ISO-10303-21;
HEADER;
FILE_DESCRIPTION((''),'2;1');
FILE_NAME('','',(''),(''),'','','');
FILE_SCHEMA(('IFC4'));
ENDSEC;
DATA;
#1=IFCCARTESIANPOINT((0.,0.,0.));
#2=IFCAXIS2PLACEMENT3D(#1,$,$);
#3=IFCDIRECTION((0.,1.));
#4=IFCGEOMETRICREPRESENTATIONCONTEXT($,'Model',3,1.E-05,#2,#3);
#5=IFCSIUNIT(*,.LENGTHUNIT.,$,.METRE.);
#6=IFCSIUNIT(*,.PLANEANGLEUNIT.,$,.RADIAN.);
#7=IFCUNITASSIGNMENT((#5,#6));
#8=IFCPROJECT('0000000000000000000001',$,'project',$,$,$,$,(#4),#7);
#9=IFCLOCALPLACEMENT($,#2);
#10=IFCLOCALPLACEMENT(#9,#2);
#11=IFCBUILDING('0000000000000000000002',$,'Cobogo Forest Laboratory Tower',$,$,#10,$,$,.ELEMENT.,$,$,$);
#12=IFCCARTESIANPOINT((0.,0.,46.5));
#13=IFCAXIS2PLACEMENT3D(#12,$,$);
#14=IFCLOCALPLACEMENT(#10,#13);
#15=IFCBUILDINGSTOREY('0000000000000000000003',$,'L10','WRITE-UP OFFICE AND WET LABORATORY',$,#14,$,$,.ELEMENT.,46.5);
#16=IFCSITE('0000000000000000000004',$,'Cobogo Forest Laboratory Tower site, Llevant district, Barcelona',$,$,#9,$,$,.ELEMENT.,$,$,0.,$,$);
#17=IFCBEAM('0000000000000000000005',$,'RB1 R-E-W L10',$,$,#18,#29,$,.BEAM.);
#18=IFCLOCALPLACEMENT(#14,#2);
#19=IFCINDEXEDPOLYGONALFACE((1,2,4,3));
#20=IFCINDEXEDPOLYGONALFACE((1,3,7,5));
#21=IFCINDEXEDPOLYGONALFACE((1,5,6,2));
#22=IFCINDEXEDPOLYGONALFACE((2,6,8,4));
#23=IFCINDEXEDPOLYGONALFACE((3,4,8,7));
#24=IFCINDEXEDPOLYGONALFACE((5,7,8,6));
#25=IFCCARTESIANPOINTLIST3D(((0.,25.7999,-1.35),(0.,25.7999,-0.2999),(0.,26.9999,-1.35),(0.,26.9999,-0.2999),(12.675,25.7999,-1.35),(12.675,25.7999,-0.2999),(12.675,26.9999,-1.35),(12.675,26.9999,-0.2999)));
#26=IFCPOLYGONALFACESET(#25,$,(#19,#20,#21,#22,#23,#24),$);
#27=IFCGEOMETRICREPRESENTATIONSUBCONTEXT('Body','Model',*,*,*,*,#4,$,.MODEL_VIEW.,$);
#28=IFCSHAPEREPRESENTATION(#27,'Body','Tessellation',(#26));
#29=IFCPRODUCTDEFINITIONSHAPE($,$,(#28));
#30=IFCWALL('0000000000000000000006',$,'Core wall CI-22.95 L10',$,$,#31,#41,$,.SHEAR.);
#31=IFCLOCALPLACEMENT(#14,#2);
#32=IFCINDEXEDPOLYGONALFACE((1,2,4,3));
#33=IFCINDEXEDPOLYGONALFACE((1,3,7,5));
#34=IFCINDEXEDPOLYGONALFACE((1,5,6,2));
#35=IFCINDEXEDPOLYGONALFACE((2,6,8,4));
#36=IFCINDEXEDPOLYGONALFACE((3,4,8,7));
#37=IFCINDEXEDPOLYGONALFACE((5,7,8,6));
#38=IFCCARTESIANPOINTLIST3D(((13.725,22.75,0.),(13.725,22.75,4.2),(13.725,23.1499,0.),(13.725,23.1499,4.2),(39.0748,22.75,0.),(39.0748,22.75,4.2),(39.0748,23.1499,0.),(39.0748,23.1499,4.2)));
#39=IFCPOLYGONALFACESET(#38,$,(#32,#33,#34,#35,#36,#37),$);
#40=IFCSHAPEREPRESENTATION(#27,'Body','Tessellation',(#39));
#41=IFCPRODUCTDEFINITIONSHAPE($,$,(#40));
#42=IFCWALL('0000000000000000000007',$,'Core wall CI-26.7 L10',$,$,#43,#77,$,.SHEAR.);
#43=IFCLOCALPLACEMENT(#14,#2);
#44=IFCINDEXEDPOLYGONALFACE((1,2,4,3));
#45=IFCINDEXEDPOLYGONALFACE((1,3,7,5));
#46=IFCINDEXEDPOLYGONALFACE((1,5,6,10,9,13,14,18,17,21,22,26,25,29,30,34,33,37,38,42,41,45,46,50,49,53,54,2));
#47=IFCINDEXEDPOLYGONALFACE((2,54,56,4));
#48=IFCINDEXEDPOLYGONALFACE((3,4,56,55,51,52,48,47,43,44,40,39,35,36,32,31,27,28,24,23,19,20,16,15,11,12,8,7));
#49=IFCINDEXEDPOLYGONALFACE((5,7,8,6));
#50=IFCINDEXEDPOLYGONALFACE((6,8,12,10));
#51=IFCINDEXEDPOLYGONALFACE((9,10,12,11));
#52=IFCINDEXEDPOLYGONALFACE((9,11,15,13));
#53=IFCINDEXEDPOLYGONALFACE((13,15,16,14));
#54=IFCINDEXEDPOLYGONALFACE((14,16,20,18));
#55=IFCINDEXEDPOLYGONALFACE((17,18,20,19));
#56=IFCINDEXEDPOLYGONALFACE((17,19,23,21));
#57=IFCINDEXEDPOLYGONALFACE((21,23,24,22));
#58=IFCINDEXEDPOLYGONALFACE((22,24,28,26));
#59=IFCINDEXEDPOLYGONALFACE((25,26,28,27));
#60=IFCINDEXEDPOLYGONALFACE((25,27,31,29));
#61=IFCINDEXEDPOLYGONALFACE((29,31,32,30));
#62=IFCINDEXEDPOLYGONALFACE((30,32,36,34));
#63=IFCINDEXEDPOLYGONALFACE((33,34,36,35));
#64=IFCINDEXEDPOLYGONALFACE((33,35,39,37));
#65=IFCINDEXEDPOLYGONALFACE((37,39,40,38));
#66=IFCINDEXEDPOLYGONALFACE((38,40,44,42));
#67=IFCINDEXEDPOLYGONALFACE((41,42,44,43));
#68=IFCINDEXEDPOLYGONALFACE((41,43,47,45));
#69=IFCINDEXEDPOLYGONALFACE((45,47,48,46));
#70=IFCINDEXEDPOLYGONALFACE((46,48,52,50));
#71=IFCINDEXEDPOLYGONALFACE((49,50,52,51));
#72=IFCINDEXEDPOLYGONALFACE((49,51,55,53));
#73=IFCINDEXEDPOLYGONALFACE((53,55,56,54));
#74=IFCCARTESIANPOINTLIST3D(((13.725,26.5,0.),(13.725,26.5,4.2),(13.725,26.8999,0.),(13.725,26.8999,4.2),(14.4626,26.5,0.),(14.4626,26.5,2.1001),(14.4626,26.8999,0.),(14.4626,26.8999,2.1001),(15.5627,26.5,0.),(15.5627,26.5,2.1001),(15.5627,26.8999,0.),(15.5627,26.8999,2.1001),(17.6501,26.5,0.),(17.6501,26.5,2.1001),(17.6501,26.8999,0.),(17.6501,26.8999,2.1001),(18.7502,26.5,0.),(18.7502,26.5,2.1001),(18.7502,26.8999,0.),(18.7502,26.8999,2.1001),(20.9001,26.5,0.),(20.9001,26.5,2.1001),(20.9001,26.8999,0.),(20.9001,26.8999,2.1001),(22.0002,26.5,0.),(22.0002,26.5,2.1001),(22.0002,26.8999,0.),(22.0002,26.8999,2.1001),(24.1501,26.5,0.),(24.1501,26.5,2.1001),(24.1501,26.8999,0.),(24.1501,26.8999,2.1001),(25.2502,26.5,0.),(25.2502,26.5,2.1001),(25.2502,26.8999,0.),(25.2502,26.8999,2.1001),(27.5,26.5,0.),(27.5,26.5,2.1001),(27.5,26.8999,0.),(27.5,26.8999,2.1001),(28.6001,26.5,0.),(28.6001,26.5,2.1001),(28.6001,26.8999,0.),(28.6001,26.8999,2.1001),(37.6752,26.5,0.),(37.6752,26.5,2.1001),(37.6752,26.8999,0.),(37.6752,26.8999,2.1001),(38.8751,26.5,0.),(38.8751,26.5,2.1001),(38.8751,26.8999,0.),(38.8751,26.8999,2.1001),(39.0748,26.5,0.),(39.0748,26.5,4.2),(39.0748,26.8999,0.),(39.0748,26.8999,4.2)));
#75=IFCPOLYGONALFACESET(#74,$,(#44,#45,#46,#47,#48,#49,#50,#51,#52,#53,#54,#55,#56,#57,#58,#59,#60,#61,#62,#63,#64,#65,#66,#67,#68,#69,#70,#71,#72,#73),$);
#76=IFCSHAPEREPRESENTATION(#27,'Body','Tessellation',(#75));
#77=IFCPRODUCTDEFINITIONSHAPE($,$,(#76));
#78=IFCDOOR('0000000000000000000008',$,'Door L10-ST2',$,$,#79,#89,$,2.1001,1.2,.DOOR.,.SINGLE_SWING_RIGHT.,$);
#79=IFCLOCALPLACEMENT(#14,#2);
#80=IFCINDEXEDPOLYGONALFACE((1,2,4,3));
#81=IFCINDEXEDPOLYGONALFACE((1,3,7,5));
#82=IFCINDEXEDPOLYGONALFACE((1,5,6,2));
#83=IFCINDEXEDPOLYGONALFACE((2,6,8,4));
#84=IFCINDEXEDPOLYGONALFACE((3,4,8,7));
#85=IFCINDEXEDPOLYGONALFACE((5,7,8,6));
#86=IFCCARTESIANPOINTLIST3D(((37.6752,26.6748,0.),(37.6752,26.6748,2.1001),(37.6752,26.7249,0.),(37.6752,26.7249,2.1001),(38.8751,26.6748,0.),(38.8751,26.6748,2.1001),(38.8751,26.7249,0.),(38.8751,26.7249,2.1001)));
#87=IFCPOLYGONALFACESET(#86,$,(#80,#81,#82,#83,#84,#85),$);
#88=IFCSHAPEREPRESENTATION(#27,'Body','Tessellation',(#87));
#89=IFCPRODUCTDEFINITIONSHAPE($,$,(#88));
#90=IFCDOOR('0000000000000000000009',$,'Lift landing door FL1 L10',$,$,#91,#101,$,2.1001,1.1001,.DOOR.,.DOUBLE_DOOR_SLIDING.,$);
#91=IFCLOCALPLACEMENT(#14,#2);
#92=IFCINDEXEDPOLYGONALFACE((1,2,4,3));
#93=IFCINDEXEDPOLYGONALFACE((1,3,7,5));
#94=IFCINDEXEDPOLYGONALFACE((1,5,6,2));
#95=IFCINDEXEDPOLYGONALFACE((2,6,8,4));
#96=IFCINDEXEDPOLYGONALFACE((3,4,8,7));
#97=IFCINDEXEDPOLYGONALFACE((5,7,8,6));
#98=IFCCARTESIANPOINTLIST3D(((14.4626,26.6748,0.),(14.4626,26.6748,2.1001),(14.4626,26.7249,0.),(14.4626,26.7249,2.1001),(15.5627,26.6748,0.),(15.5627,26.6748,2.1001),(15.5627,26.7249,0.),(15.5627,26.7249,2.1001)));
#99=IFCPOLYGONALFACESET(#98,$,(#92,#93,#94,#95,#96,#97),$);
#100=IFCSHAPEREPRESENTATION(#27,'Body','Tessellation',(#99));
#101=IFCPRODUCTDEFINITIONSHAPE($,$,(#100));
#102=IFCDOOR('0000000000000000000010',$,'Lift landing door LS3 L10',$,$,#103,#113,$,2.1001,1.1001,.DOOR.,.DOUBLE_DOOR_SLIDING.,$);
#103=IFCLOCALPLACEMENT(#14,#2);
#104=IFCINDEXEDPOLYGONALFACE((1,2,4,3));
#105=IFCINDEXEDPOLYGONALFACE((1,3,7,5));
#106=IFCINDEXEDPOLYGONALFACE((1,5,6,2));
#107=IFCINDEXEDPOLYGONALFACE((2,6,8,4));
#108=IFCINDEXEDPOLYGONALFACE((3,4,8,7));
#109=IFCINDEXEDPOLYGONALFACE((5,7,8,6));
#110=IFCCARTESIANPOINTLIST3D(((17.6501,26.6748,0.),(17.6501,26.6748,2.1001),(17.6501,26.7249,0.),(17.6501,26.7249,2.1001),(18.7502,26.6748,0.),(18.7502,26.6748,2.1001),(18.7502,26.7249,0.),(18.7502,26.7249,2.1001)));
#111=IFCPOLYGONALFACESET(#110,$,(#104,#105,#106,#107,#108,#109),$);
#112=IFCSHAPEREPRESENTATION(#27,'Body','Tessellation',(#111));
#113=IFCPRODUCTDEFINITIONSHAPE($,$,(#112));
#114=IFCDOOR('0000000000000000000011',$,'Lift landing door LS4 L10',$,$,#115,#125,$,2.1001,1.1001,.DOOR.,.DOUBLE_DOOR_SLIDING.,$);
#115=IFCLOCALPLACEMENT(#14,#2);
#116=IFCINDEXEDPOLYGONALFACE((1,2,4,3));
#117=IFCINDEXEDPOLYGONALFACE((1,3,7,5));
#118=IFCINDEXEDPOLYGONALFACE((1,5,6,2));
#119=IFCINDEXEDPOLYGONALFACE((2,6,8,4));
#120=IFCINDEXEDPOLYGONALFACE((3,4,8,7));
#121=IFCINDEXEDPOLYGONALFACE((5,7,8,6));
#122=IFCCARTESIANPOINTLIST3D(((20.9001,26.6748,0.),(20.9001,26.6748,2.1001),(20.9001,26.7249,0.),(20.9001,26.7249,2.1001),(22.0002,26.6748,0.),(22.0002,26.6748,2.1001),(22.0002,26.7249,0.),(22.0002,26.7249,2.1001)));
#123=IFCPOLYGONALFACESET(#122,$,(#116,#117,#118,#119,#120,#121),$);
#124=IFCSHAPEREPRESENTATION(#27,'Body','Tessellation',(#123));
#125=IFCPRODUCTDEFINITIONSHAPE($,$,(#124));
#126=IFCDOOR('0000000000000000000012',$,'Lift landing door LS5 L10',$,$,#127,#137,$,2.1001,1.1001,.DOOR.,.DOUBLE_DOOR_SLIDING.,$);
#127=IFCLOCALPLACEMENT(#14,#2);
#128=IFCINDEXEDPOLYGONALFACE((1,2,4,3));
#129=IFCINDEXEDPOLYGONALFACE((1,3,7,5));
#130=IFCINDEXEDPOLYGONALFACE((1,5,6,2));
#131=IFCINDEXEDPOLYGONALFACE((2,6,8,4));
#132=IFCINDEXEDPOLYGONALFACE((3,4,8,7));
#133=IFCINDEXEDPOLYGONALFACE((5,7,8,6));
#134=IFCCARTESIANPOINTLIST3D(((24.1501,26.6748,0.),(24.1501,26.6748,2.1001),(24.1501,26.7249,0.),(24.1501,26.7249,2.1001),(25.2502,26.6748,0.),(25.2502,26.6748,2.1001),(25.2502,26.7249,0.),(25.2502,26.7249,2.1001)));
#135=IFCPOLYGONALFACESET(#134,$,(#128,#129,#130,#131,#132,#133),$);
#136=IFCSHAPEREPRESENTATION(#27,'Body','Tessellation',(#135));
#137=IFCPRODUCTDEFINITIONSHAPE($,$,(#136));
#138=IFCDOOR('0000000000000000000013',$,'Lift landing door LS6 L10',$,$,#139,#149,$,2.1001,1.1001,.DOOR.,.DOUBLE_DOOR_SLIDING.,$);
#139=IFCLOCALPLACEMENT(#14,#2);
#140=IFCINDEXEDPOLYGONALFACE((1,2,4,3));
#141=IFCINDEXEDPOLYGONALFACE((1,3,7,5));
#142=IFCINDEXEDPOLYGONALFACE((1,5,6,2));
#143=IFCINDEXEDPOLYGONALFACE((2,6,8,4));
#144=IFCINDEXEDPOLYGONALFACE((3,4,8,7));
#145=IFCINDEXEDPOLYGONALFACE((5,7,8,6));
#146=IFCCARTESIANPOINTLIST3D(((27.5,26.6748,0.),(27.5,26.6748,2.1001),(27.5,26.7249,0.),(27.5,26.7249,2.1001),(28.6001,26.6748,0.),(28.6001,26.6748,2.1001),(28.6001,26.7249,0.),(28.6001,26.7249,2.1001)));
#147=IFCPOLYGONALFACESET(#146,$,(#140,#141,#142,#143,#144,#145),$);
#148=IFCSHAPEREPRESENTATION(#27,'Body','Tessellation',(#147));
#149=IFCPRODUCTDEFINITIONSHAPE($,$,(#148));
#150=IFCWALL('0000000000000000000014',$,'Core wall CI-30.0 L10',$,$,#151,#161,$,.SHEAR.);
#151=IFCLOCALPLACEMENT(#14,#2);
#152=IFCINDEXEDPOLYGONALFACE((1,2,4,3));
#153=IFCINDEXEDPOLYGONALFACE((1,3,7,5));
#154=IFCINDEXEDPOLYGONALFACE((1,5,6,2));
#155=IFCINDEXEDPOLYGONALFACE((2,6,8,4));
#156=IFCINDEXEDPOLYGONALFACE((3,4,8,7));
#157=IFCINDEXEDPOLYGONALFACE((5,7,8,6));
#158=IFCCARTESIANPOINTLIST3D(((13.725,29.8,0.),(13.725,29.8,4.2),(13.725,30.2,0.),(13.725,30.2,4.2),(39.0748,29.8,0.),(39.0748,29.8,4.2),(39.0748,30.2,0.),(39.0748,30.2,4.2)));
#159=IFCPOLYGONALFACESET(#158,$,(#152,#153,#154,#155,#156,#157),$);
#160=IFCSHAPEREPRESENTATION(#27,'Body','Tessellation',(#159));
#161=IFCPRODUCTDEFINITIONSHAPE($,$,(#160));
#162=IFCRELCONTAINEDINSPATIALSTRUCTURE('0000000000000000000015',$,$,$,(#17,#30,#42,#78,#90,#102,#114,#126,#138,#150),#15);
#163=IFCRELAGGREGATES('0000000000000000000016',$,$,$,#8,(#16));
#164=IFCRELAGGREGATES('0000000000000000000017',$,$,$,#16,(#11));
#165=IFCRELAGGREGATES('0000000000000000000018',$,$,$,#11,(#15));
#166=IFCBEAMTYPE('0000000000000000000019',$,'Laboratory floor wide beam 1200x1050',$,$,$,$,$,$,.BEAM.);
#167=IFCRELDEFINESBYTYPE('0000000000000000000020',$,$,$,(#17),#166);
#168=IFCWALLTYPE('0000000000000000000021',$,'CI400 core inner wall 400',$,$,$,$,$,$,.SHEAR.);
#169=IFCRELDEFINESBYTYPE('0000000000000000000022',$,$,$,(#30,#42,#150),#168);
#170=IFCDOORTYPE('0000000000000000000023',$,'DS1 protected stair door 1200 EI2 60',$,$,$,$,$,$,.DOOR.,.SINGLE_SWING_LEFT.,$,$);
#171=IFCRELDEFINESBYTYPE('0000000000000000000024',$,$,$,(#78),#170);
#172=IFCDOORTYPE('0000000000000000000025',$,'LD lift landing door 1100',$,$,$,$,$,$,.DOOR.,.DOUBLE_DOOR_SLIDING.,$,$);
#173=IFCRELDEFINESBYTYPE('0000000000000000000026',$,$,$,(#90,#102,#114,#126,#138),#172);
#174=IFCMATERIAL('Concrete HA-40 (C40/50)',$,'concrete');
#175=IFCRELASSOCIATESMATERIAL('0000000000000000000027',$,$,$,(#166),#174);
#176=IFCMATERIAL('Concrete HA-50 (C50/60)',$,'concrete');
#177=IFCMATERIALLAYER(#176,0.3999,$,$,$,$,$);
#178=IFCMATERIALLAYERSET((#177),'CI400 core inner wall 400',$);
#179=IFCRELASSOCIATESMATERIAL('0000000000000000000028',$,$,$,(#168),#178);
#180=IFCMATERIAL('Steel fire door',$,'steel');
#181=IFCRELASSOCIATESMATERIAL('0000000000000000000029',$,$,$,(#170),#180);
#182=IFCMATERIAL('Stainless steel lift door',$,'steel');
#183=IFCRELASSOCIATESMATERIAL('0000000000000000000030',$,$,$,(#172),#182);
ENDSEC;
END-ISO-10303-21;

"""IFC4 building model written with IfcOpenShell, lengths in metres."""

from ifc_helpers import new_model, si_unit, direction, frame, frame_2d, origin, origin_2d, place, context, subcontext, project, spatial, rectangle, extrude, material, layer, layer_set, material_profile, profile_set, type_object, element, fill, save


model = new_model("IFC4")

# Units and contexts
model_context = context("Model", 3, precision=1e-05, world=origin(), true_north=direction((0.0, 1.0)))
body_context = subcontext(model_context, "Body", "Model", "MODEL_VIEW")
ifc_project = project(units=[si_unit("LENGTHUNIT", "METRE"), si_unit("PLANEANGLEUNIT", "RADIAN")], contexts=[model_context])

# Site, building, storey
site_placement = place(None, origin())
site = spatial("IfcSite", under=ifc_project, at=site_placement, Name="Cobogo Forest Laboratory Tower site, Llevant district, Barcelona", CompositionType="ELEMENT", RefElevation=0.0)
building_placement = place(site_placement, origin())
building = spatial("IfcBuilding", under=site, at=building_placement, Name="Cobogo Forest Laboratory Tower", CompositionType="ELEMENT")
storey_placement = place(building_placement, frame((0.0, 0.0, 46.5)))
storey = spatial("IfcBuildingStorey", under=building, at=storey_placement, Name="L10", Description="WRITE-UP OFFICE AND WET LABORATORY", CompositionType="ELEMENT", Elevation=46.5)

# Beam
ifc_material_1 = material(Name="Concrete HA-40 (C40/50)", Category="concrete")
ifc_material_profile = material_profile(ifc_material_1, rectangle(XDim=1.2, YDim=1.05, at=origin_2d()), Name="RC 1200x1050")
ifc_profile_set = profile_set([ifc_material_profile], Name="Concrete HA-40 (C40/50)")
beam_type = type_object("IfcBeamType", Name="Laboratory floor wide beam 1200x1050", PredefinedType="BEAM", material=ifc_profile_set)
beam_placement = place(storey_placement, frame((12.675, 26.3999, -0.825), z_axis=(-1.0, 0.0, 0.0), x_axis=(0.0, -1.0, 0.0)))
element("IfcBeam", 1, at=beam_placement, inside=storey, type_object=beam_type, Name="RB1 R-E-W L10", PredefinedType="BEAM", context=body_context, shape_type="SweptSolid", body=[
    extrude(rectangle(XDim=1.2, YDim=1.05, at=origin_2d()), origin(), (0.0, 0.0, 1.0), 12.675),
])

# Wall
ifc_material_2 = material(Name="Concrete HA-50 (C50/60)", Category="concrete")
ifc_layer_1 = layer(ifc_material_2, 0.3999)
ifc_layer_set_1 = layer_set([ifc_layer_1], Name="CI400 core inner wall 400")
wall_type_1 = type_object("IfcWallType", Name="CI400 core inner wall 400", PredefinedType="SHEAR", material=ifc_layer_set_1)
wall_1_placement = place(storey_placement, frame((13.7251, 22.95, 0.0), z_axis=(0.0, 0.0, 1.0), x_axis=(1.0, 0.0, 0.0)))
element("IfcWall", 2, at=wall_1_placement, inside=storey, type_object=wall_type_1, Name="Core wall CI-22.95 L10", PredefinedType="SHEAR", context=body_context, shape_type="SweptSolid", body=[
    extrude(rectangle(XDim=25.3499, YDim=0.3999, at=frame_2d((12.6748, 0.0))), origin(), (0.0, 0.0, 1.0), 4.2),
])

# Wall, openings, doors
wall_2_placement = place(storey_placement, frame((13.7251, 26.7, 0.0), z_axis=(0.0, 0.0, 1.0), x_axis=(1.0, 0.0, 0.0)))
wall_2 = element("IfcWall", 3, at=wall_2_placement, inside=storey, type_object=wall_type_1, Name="Core wall CI-26.7 L10", PredefinedType="SHEAR", context=body_context, shape_type="SweptSolid", body=[
    extrude(rectangle(XDim=25.3499, YDim=0.3999, at=frame_2d((12.6748, 0.0))), origin(), (0.0, 0.0, 1.0), 4.2),
])
opening_1_placement = place(wall_2_placement, frame((23.95, 0.0, 0.0)))
opening_1 = element("IfcOpeningElement", 4, at=opening_1_placement, cuts=wall_2, PredefinedType="OPENING", context=body_context, shape_type="SweptSolid", body=[
    extrude(rectangle(XDim=1.2, YDim=2.1001, at=frame_2d((0.6001, 1.05))), frame((0.0, 0.21, 0.0), z_axis=(0.0, -1.0, 0.0), x_axis=(1.0, 0.0, 0.0)), (0.0, 0.0, 1.0), 0.4199),
])
opening_2_placement = place(wall_2_placement, frame((0.7375, 0.0, 0.0)))
opening_2 = element("IfcOpeningElement", 5, at=opening_2_placement, cuts=wall_2, PredefinedType="OPENING", context=body_context, shape_type="SweptSolid", body=[
    extrude(rectangle(XDim=1.1001, YDim=2.1001, at=frame_2d((0.55, 1.05))), frame((0.0, 0.21, 0.0), z_axis=(0.0, -1.0, 0.0), x_axis=(1.0, 0.0, 0.0)), (0.0, 0.0, 1.0), 0.4199),
])
opening_3_placement = place(wall_2_placement, frame((3.925, 0.0, 0.0)))
opening_3 = element("IfcOpeningElement", 6, at=opening_3_placement, cuts=wall_2, PredefinedType="OPENING", context=body_context, shape_type="SweptSolid", body=[
    extrude(rectangle(XDim=1.1001, YDim=2.1001, at=frame_2d((0.55, 1.05))), frame((0.0, 0.21, 0.0), z_axis=(0.0, -1.0, 0.0), x_axis=(1.0, 0.0, 0.0)), (0.0, 0.0, 1.0), 0.4199),
])
opening_4_placement = place(wall_2_placement, frame((7.175, 0.0, 0.0)))
opening_4 = element("IfcOpeningElement", 7, at=opening_4_placement, cuts=wall_2, PredefinedType="OPENING", context=body_context, shape_type="SweptSolid", body=[
    extrude(rectangle(XDim=1.1001, YDim=2.1001, at=frame_2d((0.55, 1.05))), frame((0.0, 0.21, 0.0), z_axis=(0.0, -1.0, 0.0), x_axis=(1.0, 0.0, 0.0)), (0.0, 0.0, 1.0), 0.4199),
])
opening_5_placement = place(wall_2_placement, frame((10.425, 0.0, 0.0)))
opening_5 = element("IfcOpeningElement", 8, at=opening_5_placement, cuts=wall_2, PredefinedType="OPENING", context=body_context, shape_type="SweptSolid", body=[
    extrude(rectangle(XDim=1.1001, YDim=2.1001, at=frame_2d((0.55, 1.05))), frame((0.0, 0.21, 0.0), z_axis=(0.0, -1.0, 0.0), x_axis=(1.0, 0.0, 0.0)), (0.0, 0.0, 1.0), 0.4199),
])
opening_6_placement = place(wall_2_placement, frame((13.7749, 0.0, 0.0)))
opening_6 = element("IfcOpeningElement", 9, at=opening_6_placement, cuts=wall_2, PredefinedType="OPENING", context=body_context, shape_type="SweptSolid", body=[
    extrude(rectangle(XDim=1.1001, YDim=2.1001, at=frame_2d((0.55, 1.05))), frame((0.0, 0.21, 0.0), z_axis=(0.0, -1.0, 0.0), x_axis=(1.0, 0.0, 0.0)), (0.0, 0.0, 1.0), 0.4199),
])
ifc_material_3 = material(Name="Steel fire door", Category="steel")
door_type_1 = type_object("IfcDoorType", Name="DS1 protected stair door 1200 EI2 60", OperationType="SINGLE_SWING_LEFT", PredefinedType="DOOR", material=ifc_material_3)
door_1_placement = place(opening_1_placement, origin())
door_1 = element("IfcDoor", 10, at=door_1_placement, inside=storey, type_object=door_type_1, Name="Door L10-ST2", OperationType="SINGLE_SWING_RIGHT", OverallHeight=2.1001, OverallWidth=1.2, PredefinedType="DOOR", context=body_context, shape_type="SweptSolid", body=[
    extrude(rectangle(XDim=1.2, YDim=2.1001, at=frame_2d((0.6001, 1.05))), frame((0.0, 0.0249, 0.0), z_axis=(0.0, -1.0, 0.0), x_axis=(1.0, 0.0, 0.0)), (0.0, 0.0, 1.0), 0.05),
])
fill(opening_1, door_1)
ifc_material_4 = material(Name="Stainless steel lift door", Category="steel")
door_type_2 = type_object("IfcDoorType", Name="LD lift landing door 1100", OperationType="DOUBLE_DOOR_SLIDING", PredefinedType="DOOR", material=ifc_material_4)
door_2_placement = place(opening_2_placement, origin())
door_2 = element("IfcDoor", 11, at=door_2_placement, inside=storey, type_object=door_type_2, Name="Lift landing door FL1 L10", OperationType="DOUBLE_DOOR_SLIDING", OverallHeight=2.1001, OverallWidth=1.1001, PredefinedType="DOOR", context=body_context, shape_type="SweptSolid", body=[
    extrude(rectangle(XDim=1.1001, YDim=2.1001, at=frame_2d((0.55, 1.05))), frame((0.0, 0.0249, 0.0), z_axis=(0.0, -1.0, 0.0), x_axis=(1.0, 0.0, 0.0)), (0.0, 0.0, 1.0), 0.05),
])
fill(opening_2, door_2)
door_3_placement = place(opening_3_placement, origin())
door_3 = element("IfcDoor", 12, at=door_3_placement, inside=storey, type_object=door_type_2, Name="Lift landing door LS3 L10", OperationType="DOUBLE_DOOR_SLIDING", OverallHeight=2.1001, OverallWidth=1.1001, PredefinedType="DOOR", context=body_context, shape_type="SweptSolid", body=[
    extrude(rectangle(XDim=1.1001, YDim=2.1001, at=frame_2d((0.55, 1.05))), frame((0.0, 0.0249, 0.0), z_axis=(0.0, -1.0, 0.0), x_axis=(1.0, 0.0, 0.0)), (0.0, 0.0, 1.0), 0.05),
])
fill(opening_3, door_3)
door_4_placement = place(opening_4_placement, origin())
door_4 = element("IfcDoor", 13, at=door_4_placement, inside=storey, type_object=door_type_2, Name="Lift landing door LS4 L10", OperationType="DOUBLE_DOOR_SLIDING", OverallHeight=2.1001, OverallWidth=1.1001, PredefinedType="DOOR", context=body_context, shape_type="SweptSolid", body=[
    extrude(rectangle(XDim=1.1001, YDim=2.1001, at=frame_2d((0.55, 1.05))), frame((0.0, 0.0249, 0.0), z_axis=(0.0, -1.0, 0.0), x_axis=(1.0, 0.0, 0.0)), (0.0, 0.0, 1.0), 0.05),
])
fill(opening_4, door_4)
door_5_placement = place(opening_5_placement, origin())
door_5 = element("IfcDoor", 14, at=door_5_placement, inside=storey, type_object=door_type_2, Name="Lift landing door LS5 L10", OperationType="DOUBLE_DOOR_SLIDING", OverallHeight=2.1001, OverallWidth=1.1001, PredefinedType="DOOR", context=body_context, shape_type="SweptSolid", body=[
    extrude(rectangle(XDim=1.1001, YDim=2.1001, at=frame_2d((0.55, 1.05))), frame((0.0, 0.0249, 0.0), z_axis=(0.0, -1.0, 0.0), x_axis=(1.0, 0.0, 0.0)), (0.0, 0.0, 1.0), 0.05),
])
fill(opening_5, door_5)
door_6_placement = place(opening_6_placement, origin())
door_6 = element("IfcDoor", 15, at=door_6_placement, inside=storey, type_object=door_type_2, Name="Lift landing door LS6 L10", OperationType="DOUBLE_DOOR_SLIDING", OverallHeight=2.1001, OverallWidth=1.1001, PredefinedType="DOOR", context=body_context, shape_type="SweptSolid", body=[
    extrude(rectangle(XDim=1.1001, YDim=2.1001, at=frame_2d((0.55, 1.05))), frame((0.0, 0.0249, 0.0), z_axis=(0.0, -1.0, 0.0), x_axis=(1.0, 0.0, 0.0)), (0.0, 0.0, 1.0), 0.05),
])
fill(opening_6, door_6)

# Wall
wall_3_placement = place(storey_placement, frame((13.7251, 30.0, 0.0), z_axis=(0.0, 0.0, 1.0), x_axis=(1.0, 0.0, 0.0)))
element("IfcWall", 16, at=wall_3_placement, inside=storey, type_object=wall_type_1, Name="Core wall CI-30.0 L10", PredefinedType="SHEAR", context=body_context, shape_type="SweptSolid", body=[
    extrude(rectangle(XDim=25.3499, YDim=0.3999, at=frame_2d((12.6748, 0.0))), origin(), (0.0, 0.0, 1.0), 4.2),
])

save(model, "model.ifc")
